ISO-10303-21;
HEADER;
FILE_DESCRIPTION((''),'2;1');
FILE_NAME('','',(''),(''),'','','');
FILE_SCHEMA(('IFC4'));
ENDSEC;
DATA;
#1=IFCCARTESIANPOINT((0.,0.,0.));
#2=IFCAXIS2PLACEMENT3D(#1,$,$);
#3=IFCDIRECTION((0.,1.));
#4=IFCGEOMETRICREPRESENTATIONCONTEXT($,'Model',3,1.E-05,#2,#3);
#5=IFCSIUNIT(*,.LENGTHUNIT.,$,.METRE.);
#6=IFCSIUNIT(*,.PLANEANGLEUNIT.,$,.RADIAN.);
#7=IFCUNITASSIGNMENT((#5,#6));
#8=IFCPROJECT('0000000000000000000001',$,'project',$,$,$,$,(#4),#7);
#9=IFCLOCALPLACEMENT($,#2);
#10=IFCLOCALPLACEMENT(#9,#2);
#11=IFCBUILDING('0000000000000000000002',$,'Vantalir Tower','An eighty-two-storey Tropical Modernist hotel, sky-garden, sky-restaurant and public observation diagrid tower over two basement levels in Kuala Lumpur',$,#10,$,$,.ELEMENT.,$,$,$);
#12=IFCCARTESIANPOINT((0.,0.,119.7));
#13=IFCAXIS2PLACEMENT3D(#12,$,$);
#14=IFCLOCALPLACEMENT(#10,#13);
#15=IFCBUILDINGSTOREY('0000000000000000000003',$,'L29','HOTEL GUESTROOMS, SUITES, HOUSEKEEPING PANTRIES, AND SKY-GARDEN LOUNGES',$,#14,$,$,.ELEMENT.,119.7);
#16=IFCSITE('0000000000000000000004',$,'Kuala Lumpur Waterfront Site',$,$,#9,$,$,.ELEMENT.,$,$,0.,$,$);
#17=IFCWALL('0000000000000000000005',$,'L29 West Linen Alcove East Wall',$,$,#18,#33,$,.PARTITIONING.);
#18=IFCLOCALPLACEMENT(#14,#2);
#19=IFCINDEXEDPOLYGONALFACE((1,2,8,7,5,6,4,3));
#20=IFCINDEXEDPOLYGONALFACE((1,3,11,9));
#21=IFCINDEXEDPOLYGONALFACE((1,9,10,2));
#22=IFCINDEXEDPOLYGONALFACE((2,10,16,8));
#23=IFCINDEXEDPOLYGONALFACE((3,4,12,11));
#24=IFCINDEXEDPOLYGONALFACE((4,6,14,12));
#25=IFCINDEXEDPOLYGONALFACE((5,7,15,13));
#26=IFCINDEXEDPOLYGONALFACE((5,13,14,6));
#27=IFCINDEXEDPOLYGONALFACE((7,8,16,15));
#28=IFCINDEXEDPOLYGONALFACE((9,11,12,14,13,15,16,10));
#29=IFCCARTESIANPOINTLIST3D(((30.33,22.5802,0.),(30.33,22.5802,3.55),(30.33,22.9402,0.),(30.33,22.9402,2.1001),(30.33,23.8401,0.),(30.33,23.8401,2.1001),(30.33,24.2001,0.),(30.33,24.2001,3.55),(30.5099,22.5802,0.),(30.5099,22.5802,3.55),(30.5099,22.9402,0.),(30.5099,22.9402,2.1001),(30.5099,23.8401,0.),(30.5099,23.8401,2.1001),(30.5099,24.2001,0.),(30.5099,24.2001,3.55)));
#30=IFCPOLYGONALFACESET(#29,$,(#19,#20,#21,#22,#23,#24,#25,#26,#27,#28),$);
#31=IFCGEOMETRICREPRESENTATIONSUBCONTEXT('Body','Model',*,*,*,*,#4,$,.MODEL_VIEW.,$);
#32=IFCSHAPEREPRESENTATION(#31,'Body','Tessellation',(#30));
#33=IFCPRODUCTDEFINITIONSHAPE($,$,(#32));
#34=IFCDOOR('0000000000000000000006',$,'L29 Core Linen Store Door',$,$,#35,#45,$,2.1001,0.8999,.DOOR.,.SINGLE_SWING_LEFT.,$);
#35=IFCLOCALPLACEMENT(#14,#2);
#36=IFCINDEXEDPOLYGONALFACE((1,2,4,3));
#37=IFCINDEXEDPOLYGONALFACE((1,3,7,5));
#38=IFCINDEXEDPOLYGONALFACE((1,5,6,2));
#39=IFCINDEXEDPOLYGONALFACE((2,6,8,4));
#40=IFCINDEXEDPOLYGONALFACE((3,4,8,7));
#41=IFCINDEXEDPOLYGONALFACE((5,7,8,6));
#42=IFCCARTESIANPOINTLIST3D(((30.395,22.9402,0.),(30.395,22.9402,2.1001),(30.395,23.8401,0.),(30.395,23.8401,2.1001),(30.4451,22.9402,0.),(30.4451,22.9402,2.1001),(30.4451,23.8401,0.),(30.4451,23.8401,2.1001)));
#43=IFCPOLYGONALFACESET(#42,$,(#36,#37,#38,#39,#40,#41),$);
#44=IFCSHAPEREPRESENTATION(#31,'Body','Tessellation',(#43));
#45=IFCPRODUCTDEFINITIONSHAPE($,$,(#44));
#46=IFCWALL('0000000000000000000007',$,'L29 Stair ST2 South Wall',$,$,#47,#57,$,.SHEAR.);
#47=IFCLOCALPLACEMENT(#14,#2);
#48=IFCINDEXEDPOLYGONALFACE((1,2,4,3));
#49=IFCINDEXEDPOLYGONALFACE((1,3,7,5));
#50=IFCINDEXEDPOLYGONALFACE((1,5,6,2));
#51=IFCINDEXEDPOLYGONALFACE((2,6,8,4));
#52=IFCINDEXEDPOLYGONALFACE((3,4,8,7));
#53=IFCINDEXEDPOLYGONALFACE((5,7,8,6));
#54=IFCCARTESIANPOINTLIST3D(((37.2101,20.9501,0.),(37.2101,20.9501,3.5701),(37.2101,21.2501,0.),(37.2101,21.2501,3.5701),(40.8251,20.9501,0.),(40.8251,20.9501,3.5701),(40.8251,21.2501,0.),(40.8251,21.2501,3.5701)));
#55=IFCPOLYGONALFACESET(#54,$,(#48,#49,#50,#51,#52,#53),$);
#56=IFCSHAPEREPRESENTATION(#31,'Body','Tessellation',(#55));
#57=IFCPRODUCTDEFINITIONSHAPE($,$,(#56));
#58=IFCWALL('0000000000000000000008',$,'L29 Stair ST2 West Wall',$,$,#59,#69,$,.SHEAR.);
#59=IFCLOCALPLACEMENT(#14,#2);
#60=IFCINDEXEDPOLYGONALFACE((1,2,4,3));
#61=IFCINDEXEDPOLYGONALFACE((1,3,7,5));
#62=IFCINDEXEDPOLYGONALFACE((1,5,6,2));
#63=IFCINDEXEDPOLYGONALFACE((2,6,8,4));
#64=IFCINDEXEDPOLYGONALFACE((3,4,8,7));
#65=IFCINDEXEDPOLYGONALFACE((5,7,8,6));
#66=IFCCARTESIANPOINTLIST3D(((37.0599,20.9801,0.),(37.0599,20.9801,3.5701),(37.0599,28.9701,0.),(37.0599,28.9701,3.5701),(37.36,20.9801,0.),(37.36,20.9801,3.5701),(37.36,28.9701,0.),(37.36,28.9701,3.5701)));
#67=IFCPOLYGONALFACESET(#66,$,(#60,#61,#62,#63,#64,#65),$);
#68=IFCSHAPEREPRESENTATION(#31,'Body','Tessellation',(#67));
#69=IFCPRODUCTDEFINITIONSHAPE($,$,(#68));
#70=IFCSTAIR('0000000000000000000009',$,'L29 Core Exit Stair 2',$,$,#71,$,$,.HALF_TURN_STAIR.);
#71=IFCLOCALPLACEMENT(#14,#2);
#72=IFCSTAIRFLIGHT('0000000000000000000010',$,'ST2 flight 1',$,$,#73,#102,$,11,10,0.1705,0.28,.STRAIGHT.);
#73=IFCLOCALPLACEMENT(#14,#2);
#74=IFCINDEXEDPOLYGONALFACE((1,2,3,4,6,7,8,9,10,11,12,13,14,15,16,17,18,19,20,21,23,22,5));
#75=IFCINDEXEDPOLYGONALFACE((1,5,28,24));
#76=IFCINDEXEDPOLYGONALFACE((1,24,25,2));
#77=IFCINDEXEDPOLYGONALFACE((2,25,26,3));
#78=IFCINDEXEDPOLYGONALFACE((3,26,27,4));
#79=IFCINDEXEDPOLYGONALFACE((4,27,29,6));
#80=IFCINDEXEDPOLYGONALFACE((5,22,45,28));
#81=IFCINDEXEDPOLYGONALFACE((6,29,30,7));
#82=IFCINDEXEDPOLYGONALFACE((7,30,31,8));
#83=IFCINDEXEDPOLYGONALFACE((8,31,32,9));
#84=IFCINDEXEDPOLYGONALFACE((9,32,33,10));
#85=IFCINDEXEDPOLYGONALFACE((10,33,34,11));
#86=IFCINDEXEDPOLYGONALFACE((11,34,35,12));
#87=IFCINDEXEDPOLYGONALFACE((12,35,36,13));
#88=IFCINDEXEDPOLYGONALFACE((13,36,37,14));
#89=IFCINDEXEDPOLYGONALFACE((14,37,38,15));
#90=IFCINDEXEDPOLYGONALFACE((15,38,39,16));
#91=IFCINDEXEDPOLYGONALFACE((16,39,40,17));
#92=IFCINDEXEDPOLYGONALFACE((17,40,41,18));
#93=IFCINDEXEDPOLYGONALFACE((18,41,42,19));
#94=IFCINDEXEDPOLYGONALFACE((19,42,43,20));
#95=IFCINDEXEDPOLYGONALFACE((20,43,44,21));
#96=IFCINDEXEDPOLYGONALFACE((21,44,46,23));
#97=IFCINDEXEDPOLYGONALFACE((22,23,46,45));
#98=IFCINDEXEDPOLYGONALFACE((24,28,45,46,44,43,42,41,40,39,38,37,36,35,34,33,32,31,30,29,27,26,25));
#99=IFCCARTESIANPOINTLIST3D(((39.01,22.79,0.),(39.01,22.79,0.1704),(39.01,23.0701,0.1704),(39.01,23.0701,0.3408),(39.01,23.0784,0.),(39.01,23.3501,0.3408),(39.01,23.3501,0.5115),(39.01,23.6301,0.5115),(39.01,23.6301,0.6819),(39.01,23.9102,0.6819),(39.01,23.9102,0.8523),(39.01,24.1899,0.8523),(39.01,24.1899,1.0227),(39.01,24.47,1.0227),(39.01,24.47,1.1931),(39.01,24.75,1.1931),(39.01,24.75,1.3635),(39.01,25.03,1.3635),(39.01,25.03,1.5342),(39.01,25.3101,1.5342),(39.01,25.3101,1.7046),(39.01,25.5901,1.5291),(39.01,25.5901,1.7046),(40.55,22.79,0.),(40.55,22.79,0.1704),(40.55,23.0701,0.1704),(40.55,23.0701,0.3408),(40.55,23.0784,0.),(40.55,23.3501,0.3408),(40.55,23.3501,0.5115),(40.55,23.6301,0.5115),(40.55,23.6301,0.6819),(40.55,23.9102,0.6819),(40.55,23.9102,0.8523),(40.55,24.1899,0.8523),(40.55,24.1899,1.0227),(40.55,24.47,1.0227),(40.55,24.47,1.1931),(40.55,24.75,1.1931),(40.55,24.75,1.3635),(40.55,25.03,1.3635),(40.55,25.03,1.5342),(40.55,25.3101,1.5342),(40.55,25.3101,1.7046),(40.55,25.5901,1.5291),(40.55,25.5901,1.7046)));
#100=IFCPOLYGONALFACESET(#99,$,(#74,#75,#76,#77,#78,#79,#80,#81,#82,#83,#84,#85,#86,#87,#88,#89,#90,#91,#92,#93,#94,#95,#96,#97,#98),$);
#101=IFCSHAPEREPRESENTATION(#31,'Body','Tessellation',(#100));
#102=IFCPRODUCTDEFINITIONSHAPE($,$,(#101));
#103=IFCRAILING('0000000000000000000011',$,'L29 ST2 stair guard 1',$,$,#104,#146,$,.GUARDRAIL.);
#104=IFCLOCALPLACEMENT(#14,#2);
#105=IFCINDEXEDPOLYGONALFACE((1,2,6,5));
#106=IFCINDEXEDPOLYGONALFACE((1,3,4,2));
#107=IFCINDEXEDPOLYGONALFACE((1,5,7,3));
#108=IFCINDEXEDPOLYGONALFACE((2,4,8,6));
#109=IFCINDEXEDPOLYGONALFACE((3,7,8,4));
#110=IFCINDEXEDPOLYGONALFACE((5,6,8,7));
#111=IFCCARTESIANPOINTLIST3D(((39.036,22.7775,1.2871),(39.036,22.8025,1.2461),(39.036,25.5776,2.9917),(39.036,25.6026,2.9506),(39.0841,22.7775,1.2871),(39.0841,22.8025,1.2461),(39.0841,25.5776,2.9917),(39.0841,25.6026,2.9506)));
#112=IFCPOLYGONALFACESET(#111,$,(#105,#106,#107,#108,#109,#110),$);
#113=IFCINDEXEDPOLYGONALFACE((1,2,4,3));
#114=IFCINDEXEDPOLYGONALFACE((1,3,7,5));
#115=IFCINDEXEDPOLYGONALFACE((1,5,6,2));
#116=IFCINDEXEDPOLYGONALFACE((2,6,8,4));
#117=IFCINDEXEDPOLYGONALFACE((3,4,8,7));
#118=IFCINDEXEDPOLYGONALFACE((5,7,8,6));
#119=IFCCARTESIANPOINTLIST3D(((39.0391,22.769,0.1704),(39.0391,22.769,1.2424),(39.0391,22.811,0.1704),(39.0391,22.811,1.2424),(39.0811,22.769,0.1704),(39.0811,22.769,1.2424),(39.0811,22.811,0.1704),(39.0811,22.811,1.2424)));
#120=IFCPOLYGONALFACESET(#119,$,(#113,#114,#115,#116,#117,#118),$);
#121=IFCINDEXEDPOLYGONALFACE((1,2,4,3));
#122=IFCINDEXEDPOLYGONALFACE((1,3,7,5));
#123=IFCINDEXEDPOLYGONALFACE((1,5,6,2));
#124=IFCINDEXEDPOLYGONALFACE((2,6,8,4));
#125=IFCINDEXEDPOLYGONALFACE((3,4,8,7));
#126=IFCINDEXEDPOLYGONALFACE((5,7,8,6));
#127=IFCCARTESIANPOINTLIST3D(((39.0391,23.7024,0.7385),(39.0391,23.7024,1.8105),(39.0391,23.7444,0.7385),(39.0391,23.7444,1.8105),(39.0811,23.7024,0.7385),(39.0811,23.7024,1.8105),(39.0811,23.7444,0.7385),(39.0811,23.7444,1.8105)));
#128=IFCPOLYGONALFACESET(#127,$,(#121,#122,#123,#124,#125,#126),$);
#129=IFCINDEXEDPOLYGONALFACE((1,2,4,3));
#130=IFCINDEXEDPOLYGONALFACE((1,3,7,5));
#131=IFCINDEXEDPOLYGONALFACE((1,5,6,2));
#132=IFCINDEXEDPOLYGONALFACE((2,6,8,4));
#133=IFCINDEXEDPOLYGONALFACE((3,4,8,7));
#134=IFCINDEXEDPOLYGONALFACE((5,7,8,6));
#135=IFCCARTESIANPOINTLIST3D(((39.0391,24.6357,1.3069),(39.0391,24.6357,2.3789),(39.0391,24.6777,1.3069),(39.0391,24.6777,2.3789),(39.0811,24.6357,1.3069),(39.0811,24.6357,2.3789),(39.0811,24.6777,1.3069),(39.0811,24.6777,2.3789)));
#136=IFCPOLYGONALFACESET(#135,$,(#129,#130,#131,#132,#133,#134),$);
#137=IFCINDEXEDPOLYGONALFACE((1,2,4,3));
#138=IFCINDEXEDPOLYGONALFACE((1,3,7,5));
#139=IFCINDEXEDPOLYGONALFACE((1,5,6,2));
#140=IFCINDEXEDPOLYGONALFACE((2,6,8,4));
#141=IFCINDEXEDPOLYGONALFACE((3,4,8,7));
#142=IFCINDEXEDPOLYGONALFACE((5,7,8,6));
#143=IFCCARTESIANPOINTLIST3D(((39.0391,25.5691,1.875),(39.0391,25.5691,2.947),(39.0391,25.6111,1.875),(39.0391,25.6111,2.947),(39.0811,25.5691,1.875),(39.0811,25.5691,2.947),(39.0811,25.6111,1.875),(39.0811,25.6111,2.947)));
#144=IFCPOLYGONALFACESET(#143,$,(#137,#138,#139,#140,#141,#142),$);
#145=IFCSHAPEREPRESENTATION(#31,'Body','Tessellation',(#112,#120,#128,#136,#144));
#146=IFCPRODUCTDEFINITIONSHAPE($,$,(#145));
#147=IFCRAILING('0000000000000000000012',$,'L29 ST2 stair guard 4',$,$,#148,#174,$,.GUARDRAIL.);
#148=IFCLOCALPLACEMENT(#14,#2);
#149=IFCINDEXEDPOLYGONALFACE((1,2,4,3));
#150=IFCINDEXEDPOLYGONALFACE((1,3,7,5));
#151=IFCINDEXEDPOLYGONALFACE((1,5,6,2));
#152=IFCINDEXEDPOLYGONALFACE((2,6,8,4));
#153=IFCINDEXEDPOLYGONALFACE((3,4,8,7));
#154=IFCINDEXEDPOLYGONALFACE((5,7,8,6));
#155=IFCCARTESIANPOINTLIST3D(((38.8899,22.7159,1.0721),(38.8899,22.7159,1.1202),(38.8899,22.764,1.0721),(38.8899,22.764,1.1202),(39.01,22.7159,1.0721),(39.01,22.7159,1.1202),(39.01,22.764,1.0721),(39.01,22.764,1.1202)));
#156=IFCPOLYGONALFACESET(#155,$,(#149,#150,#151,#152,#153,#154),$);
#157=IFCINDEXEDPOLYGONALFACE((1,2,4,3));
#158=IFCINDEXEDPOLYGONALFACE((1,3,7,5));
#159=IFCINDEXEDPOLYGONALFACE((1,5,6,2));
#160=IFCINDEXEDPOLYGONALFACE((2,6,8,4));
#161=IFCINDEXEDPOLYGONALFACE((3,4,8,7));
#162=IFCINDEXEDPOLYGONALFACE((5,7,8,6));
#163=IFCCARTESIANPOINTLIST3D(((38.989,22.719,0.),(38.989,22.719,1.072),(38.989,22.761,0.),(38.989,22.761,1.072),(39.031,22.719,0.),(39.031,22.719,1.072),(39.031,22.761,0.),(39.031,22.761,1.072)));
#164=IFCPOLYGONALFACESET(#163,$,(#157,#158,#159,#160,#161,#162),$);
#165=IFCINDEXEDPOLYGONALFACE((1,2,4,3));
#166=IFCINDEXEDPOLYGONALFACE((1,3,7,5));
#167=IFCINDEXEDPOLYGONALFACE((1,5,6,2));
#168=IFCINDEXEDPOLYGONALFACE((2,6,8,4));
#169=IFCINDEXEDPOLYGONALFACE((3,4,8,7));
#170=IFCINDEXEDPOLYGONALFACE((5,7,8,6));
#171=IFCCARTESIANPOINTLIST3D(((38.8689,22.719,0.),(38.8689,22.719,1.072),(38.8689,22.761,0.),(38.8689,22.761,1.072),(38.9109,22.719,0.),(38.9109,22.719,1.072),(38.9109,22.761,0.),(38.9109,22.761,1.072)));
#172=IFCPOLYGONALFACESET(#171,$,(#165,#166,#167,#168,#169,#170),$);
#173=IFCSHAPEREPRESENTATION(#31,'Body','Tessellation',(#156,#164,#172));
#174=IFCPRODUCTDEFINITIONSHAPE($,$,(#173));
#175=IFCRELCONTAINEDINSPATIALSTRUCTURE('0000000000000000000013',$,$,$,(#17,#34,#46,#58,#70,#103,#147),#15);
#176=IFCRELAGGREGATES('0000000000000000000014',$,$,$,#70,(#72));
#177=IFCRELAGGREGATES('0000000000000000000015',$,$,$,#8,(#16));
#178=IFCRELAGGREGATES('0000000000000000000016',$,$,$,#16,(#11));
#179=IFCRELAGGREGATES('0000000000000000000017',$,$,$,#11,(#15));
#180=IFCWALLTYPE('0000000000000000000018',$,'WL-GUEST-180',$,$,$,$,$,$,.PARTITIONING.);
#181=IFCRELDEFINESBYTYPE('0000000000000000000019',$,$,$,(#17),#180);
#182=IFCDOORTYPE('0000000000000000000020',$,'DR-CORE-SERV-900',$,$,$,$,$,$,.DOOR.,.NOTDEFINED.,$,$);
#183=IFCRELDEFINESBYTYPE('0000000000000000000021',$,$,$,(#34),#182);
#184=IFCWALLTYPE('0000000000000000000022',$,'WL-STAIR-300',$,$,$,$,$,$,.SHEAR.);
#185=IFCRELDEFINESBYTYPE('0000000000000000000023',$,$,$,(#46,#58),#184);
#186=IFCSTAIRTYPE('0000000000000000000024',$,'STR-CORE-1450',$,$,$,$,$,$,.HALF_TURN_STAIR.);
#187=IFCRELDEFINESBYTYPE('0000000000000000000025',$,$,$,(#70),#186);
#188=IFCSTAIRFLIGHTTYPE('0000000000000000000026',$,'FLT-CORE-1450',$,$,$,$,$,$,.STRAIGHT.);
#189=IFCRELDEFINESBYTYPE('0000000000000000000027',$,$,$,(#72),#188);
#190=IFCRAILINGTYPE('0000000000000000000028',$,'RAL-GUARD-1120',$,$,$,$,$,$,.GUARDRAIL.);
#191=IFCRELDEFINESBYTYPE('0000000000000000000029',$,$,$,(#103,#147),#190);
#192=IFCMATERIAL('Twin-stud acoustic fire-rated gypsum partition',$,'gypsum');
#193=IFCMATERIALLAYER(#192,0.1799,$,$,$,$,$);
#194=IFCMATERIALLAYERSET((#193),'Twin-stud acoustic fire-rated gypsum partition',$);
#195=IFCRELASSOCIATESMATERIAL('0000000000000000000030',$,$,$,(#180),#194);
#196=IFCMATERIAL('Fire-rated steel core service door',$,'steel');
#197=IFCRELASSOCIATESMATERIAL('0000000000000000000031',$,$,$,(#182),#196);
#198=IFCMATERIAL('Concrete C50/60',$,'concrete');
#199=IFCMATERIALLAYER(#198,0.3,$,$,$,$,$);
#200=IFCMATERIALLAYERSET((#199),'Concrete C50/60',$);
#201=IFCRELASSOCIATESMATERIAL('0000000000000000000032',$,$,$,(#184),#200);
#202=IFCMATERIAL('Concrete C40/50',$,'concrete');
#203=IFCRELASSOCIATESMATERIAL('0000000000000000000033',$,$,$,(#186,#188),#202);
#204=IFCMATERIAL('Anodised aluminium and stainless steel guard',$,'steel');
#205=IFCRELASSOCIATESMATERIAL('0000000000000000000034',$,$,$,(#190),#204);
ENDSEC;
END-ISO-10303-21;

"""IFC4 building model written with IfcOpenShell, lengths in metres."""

from ifc_helpers import new_model, si_unit, direction, frame, frame_2d, origin, origin_2d, place, context, subcontext, project, spatial, polyline, rectangle, outline, extrude, material, layer, layer_set, type_object, element, fill, aggregate, save


model = new_model("IFC4")

# Units and contexts
model_context = context("Model", 3, precision=1e-05, world=origin(), true_north=direction((0.0, 1.0)))
body_context = subcontext(model_context, "Body", "Model", "MODEL_VIEW")
ifc_project = project(units=[si_unit("LENGTHUNIT", "METRE"), si_unit("PLANEANGLEUNIT", "RADIAN")], contexts=[model_context])

# Site, building, storey
site_placement = place(None, origin())
site = spatial("IfcSite", under=ifc_project, at=site_placement, Name="Kuala Lumpur Waterfront Site", CompositionType="ELEMENT", RefElevation=0.0)
building_placement = place(site_placement, origin())
building = spatial("IfcBuilding", under=site, at=building_placement, Name="Vantalir Tower", Description="An eighty-two-storey Tropical Modernist hotel, sky-garden, sky-restaurant and public observation diagrid tower over two basement levels in Kuala Lumpur", CompositionType="ELEMENT")
storey_placement = place(building_placement, frame((0.0, 0.0, 119.7)))
storey = spatial("IfcBuildingStorey", under=building, at=storey_placement, Name="L29", Description="HOTEL GUESTROOMS, SUITES, HOUSEKEEPING PANTRIES, AND SKY-GARDEN LOUNGES", CompositionType="ELEMENT", Elevation=119.7)

# Wall, opening, door
ifc_material_1 = material(Name="Twin-stud acoustic fire-rated gypsum partition", Category="gypsum")
ifc_layer_1 = layer(ifc_material_1, 0.1799)
ifc_layer_set_1 = layer_set([ifc_layer_1], Name="Twin-stud acoustic fire-rated gypsum partition")
wall_type_1 = type_object("IfcWallType", Name="WL-GUEST-180", PredefinedType="PARTITIONING", material=ifc_layer_set_1)
wall_1_placement = place(storey_placement, frame((30.4199, 22.5801, 0.0), z_axis=(0.0, 0.0, 1.0), x_axis=(0.0, 1.0, 0.0)))
wall_1 = element("IfcWall", 1, at=wall_1_placement, inside=storey, type_object=wall_type_1, Name="L29 West Linen Alcove East Wall", PredefinedType="PARTITIONING", context=body_context, shape_type="SweptSolid", body=[
    extrude(rectangle(XDim=1.6199, YDim=0.1799, at=frame_2d((0.8101, 0.0))), origin(), (0.0, 0.0, 1.0), 3.55),
])
opening_1_placement = place(wall_1_placement, frame((0.3601, 0.0, 0.0)))
opening_1 = element("IfcOpeningElement", 2, at=opening_1_placement, cuts=wall_1, PredefinedType="OPENING", context=body_context, shape_type="SweptSolid", body=[
    extrude(rectangle(XDim=0.8999, YDim=2.1001, at=frame_2d((0.45, 1.05))), frame((0.0, 0.0999, 0.0), z_axis=(0.0, -1.0, 0.0), x_axis=(1.0, 0.0, 0.0)), (0.0, 0.0, 1.0), 0.2),
])
ifc_material_2 = material(Name="Fire-rated steel core service door", Category="steel")
door_type_1 = type_object("IfcDoorType", Name="DR-CORE-SERV-900", OperationType="NOTDEFINED", PredefinedType="DOOR", material=ifc_material_2)
door_1_placement = place(opening_1_placement, origin())
door_1 = element("IfcDoor", 3, at=door_1_placement, inside=storey, type_object=door_type_1, Name="L29 Core Linen Store Door", OperationType="SINGLE_SWING_LEFT", OverallHeight=2.1001, OverallWidth=0.8999, PredefinedType="DOOR", context=body_context, shape_type="SweptSolid", body=[
    extrude(rectangle(XDim=0.8999, YDim=2.1001, at=frame_2d((0.45, 1.05))), frame((0.0, 0.0249, 0.0), z_axis=(0.0, -1.0, 0.0), x_axis=(1.0, 0.0, 0.0)), (0.0, 0.0, 1.0), 0.05),
])
fill(opening_1, door_1)

# Walls
ifc_material_3 = material(Name="Concrete C50/60", Category="concrete")
ifc_layer_2 = layer(ifc_material_3, 0.3)
ifc_layer_set_2 = layer_set([ifc_layer_2], Name="Concrete C50/60")
wall_type_2 = type_object("IfcWallType", Name="WL-STAIR-300", PredefinedType="SHEAR", material=ifc_layer_set_2)
wall_2_placement = place(storey_placement, frame((37.21, 21.1001, 0.0), z_axis=(0.0, 0.0, 1.0), x_axis=(1.0, 0.0, 0.0)))
element("IfcWall", 4, at=wall_2_placement, inside=storey, type_object=wall_type_2, Name="L29 Stair ST2 South Wall", PredefinedType="SHEAR", context=body_context, shape_type="SweptSolid", body=[
    extrude(rectangle(XDim=3.615, YDim=0.3, at=frame_2d((1.8076, 0.0))), origin(), (0.0, 0.0, 1.0), 3.5701),
])
wall_3_placement = place(storey_placement, frame((37.21, 20.98, 0.0), z_axis=(0.0, 0.0, 1.0), x_axis=(0.0, 1.0, 0.0)))
element("IfcWall", 5, at=wall_3_placement, inside=storey, type_object=wall_type_2, Name="L29 Stair ST2 West Wall", PredefinedType="SHEAR", context=body_context, shape_type="SweptSolid", body=[
    extrude(rectangle(XDim=7.99, YDim=0.3, at=frame_2d((3.9951, 0.0))), origin(), (0.0, 0.0, 1.0), 3.5701),
])

# Stair, stair flight
ifc_material_4 = material(Name="Concrete C40/50", Category="concrete")
stair_type = type_object("IfcStairType", Name="STR-CORE-1450", PredefinedType="HALF_TURN_STAIR", material=ifc_material_4)
stair_placement = place(storey_placement, origin())
stair = element("IfcStair", 6, at=stair_placement, inside=storey, type_object=stair_type, Name="L29 Core Exit Stair 2", PredefinedType="HALF_TURN_STAIR")
stair_flight_type = type_object("IfcStairFlightType", Name="FLT-CORE-1450", PredefinedType="STRAIGHT", material=ifc_material_4)
stair_flight_placement = place(storey_placement, frame((39.78, 22.79, 0.0), z_axis=(0.0, 0.0, 1.0), x_axis=(0.0, 1.0, 0.0)))
stair_flight = element("IfcStairFlight", 7, at=stair_flight_placement, type_object=stair_flight_type, Name="ST2 flight 1", NumberOfRisers=11, NumberOfTreads=10, PredefinedType="STRAIGHT", RiserHeight=0.1705, TreadLength=0.28, context=body_context, shape_type="SweptSolid", body=[
    extrude(outline(polyline([(0.0, 0.0), (0.0, 0.1704), (0.28, 0.1704), (0.28, 0.3408), (0.5601, 0.3408), (0.5601, 0.5115), (0.8401, 0.5115), (0.8401, 0.6819), (1.1201, 0.6819), (1.1201, 0.8523), (1.3999, 0.8523), (1.3999, 1.0227), (1.6799, 1.0227), (1.6799, 1.1931), (1.96, 1.1931), (1.96, 1.3635), (2.24, 1.3635), (2.24, 1.5342), (2.52, 1.5342), (2.52, 1.7046), (2.8, 1.7046), (2.8, 1.875), (2.8, 1.5291), (0.2883, 0.0), (0.0, 0.0)])), frame((0.0, 0.77, 0.0), z_axis=(0.0, -1.0, 0.0), x_axis=(1.0, 0.0, 0.0)), (0.0, 0.0, 1.0), 1.54),
])
aggregate(stair, [stair_flight])

# Railings
ifc_material_5 = material(Name="Anodised aluminium and stainless steel guard", Category="steel")
railing_type_1 = type_object("IfcRailingType", Name="RAL-GUARD-1120", PredefinedType="GUARDRAIL", material=ifc_material_5)
railing_1_placement = place(storey_placement, frame((39.0601, 22.79, 0.1704)))
element("IfcRailing", 8, at=railing_1_placement, inside=storey, type_object=railing_type_1, Name="L29 ST2 stair guard 1", PredefinedType="GUARDRAIL", context=body_context, shape_type="SweptSolid", body=[
    extrude(rectangle(XDim=0.0481, YDim=0.0481, at=origin_2d()), frame((0.0, 0.0, 1.0962), z_axis=(0.0, 0.85417, 0.519994), x_axis=(-1.0, 0.0, 0.0)), (0.0, 0.0, 1.0), 3.2781),
    extrude(rectangle(XDim=0.042, YDim=0.042, at=origin_2d()), origin(), (0.0, 0.0, 1.0), 1.072),
    extrude(rectangle(XDim=0.042, YDim=0.042, at=origin_2d()), frame((0.0, 0.9333, 0.5681)), (0.0, 0.0, 1.0), 1.072),
    extrude(rectangle(XDim=0.042, YDim=0.042, at=origin_2d()), frame((0.0, 1.8667, 1.1365)), (0.0, 0.0, 1.0), 1.072),
    extrude(rectangle(XDim=0.042, YDim=0.042, at=origin_2d()), frame((0.0, 2.8, 1.7046)), (0.0, 0.0, 1.0), 1.072),
])
railing_2_placement = place(storey_placement, frame((39.01, 22.74, 0.0)))
element("IfcRailing", 9, at=railing_2_placement, inside=storey, type_object=railing_type_1, Name="L29 ST2 stair guard 4", PredefinedType="GUARDRAIL", context=body_context, shape_type="SweptSolid", body=[
    extrude(rectangle(XDim=0.0481, YDim=0.0481, at=origin_2d()), frame((0.0, 0.0, 1.0962), z_axis=(-1.0, 0.0, 0.0), x_axis=(0.0, -1.0, 0.0)), (0.0, 0.0, 1.0), 0.1201),
    extrude(rectangle(XDim=0.042, YDim=0.042, at=origin_2d()), origin(), (0.0, 0.0, 1.0), 1.072),
    extrude(rectangle(XDim=0.042, YDim=0.042, at=origin_2d()), frame((-0.1201, 0.0, 0.0)), (0.0, 0.0, 1.0), 1.072),
])

save(model, "model.ifc")
